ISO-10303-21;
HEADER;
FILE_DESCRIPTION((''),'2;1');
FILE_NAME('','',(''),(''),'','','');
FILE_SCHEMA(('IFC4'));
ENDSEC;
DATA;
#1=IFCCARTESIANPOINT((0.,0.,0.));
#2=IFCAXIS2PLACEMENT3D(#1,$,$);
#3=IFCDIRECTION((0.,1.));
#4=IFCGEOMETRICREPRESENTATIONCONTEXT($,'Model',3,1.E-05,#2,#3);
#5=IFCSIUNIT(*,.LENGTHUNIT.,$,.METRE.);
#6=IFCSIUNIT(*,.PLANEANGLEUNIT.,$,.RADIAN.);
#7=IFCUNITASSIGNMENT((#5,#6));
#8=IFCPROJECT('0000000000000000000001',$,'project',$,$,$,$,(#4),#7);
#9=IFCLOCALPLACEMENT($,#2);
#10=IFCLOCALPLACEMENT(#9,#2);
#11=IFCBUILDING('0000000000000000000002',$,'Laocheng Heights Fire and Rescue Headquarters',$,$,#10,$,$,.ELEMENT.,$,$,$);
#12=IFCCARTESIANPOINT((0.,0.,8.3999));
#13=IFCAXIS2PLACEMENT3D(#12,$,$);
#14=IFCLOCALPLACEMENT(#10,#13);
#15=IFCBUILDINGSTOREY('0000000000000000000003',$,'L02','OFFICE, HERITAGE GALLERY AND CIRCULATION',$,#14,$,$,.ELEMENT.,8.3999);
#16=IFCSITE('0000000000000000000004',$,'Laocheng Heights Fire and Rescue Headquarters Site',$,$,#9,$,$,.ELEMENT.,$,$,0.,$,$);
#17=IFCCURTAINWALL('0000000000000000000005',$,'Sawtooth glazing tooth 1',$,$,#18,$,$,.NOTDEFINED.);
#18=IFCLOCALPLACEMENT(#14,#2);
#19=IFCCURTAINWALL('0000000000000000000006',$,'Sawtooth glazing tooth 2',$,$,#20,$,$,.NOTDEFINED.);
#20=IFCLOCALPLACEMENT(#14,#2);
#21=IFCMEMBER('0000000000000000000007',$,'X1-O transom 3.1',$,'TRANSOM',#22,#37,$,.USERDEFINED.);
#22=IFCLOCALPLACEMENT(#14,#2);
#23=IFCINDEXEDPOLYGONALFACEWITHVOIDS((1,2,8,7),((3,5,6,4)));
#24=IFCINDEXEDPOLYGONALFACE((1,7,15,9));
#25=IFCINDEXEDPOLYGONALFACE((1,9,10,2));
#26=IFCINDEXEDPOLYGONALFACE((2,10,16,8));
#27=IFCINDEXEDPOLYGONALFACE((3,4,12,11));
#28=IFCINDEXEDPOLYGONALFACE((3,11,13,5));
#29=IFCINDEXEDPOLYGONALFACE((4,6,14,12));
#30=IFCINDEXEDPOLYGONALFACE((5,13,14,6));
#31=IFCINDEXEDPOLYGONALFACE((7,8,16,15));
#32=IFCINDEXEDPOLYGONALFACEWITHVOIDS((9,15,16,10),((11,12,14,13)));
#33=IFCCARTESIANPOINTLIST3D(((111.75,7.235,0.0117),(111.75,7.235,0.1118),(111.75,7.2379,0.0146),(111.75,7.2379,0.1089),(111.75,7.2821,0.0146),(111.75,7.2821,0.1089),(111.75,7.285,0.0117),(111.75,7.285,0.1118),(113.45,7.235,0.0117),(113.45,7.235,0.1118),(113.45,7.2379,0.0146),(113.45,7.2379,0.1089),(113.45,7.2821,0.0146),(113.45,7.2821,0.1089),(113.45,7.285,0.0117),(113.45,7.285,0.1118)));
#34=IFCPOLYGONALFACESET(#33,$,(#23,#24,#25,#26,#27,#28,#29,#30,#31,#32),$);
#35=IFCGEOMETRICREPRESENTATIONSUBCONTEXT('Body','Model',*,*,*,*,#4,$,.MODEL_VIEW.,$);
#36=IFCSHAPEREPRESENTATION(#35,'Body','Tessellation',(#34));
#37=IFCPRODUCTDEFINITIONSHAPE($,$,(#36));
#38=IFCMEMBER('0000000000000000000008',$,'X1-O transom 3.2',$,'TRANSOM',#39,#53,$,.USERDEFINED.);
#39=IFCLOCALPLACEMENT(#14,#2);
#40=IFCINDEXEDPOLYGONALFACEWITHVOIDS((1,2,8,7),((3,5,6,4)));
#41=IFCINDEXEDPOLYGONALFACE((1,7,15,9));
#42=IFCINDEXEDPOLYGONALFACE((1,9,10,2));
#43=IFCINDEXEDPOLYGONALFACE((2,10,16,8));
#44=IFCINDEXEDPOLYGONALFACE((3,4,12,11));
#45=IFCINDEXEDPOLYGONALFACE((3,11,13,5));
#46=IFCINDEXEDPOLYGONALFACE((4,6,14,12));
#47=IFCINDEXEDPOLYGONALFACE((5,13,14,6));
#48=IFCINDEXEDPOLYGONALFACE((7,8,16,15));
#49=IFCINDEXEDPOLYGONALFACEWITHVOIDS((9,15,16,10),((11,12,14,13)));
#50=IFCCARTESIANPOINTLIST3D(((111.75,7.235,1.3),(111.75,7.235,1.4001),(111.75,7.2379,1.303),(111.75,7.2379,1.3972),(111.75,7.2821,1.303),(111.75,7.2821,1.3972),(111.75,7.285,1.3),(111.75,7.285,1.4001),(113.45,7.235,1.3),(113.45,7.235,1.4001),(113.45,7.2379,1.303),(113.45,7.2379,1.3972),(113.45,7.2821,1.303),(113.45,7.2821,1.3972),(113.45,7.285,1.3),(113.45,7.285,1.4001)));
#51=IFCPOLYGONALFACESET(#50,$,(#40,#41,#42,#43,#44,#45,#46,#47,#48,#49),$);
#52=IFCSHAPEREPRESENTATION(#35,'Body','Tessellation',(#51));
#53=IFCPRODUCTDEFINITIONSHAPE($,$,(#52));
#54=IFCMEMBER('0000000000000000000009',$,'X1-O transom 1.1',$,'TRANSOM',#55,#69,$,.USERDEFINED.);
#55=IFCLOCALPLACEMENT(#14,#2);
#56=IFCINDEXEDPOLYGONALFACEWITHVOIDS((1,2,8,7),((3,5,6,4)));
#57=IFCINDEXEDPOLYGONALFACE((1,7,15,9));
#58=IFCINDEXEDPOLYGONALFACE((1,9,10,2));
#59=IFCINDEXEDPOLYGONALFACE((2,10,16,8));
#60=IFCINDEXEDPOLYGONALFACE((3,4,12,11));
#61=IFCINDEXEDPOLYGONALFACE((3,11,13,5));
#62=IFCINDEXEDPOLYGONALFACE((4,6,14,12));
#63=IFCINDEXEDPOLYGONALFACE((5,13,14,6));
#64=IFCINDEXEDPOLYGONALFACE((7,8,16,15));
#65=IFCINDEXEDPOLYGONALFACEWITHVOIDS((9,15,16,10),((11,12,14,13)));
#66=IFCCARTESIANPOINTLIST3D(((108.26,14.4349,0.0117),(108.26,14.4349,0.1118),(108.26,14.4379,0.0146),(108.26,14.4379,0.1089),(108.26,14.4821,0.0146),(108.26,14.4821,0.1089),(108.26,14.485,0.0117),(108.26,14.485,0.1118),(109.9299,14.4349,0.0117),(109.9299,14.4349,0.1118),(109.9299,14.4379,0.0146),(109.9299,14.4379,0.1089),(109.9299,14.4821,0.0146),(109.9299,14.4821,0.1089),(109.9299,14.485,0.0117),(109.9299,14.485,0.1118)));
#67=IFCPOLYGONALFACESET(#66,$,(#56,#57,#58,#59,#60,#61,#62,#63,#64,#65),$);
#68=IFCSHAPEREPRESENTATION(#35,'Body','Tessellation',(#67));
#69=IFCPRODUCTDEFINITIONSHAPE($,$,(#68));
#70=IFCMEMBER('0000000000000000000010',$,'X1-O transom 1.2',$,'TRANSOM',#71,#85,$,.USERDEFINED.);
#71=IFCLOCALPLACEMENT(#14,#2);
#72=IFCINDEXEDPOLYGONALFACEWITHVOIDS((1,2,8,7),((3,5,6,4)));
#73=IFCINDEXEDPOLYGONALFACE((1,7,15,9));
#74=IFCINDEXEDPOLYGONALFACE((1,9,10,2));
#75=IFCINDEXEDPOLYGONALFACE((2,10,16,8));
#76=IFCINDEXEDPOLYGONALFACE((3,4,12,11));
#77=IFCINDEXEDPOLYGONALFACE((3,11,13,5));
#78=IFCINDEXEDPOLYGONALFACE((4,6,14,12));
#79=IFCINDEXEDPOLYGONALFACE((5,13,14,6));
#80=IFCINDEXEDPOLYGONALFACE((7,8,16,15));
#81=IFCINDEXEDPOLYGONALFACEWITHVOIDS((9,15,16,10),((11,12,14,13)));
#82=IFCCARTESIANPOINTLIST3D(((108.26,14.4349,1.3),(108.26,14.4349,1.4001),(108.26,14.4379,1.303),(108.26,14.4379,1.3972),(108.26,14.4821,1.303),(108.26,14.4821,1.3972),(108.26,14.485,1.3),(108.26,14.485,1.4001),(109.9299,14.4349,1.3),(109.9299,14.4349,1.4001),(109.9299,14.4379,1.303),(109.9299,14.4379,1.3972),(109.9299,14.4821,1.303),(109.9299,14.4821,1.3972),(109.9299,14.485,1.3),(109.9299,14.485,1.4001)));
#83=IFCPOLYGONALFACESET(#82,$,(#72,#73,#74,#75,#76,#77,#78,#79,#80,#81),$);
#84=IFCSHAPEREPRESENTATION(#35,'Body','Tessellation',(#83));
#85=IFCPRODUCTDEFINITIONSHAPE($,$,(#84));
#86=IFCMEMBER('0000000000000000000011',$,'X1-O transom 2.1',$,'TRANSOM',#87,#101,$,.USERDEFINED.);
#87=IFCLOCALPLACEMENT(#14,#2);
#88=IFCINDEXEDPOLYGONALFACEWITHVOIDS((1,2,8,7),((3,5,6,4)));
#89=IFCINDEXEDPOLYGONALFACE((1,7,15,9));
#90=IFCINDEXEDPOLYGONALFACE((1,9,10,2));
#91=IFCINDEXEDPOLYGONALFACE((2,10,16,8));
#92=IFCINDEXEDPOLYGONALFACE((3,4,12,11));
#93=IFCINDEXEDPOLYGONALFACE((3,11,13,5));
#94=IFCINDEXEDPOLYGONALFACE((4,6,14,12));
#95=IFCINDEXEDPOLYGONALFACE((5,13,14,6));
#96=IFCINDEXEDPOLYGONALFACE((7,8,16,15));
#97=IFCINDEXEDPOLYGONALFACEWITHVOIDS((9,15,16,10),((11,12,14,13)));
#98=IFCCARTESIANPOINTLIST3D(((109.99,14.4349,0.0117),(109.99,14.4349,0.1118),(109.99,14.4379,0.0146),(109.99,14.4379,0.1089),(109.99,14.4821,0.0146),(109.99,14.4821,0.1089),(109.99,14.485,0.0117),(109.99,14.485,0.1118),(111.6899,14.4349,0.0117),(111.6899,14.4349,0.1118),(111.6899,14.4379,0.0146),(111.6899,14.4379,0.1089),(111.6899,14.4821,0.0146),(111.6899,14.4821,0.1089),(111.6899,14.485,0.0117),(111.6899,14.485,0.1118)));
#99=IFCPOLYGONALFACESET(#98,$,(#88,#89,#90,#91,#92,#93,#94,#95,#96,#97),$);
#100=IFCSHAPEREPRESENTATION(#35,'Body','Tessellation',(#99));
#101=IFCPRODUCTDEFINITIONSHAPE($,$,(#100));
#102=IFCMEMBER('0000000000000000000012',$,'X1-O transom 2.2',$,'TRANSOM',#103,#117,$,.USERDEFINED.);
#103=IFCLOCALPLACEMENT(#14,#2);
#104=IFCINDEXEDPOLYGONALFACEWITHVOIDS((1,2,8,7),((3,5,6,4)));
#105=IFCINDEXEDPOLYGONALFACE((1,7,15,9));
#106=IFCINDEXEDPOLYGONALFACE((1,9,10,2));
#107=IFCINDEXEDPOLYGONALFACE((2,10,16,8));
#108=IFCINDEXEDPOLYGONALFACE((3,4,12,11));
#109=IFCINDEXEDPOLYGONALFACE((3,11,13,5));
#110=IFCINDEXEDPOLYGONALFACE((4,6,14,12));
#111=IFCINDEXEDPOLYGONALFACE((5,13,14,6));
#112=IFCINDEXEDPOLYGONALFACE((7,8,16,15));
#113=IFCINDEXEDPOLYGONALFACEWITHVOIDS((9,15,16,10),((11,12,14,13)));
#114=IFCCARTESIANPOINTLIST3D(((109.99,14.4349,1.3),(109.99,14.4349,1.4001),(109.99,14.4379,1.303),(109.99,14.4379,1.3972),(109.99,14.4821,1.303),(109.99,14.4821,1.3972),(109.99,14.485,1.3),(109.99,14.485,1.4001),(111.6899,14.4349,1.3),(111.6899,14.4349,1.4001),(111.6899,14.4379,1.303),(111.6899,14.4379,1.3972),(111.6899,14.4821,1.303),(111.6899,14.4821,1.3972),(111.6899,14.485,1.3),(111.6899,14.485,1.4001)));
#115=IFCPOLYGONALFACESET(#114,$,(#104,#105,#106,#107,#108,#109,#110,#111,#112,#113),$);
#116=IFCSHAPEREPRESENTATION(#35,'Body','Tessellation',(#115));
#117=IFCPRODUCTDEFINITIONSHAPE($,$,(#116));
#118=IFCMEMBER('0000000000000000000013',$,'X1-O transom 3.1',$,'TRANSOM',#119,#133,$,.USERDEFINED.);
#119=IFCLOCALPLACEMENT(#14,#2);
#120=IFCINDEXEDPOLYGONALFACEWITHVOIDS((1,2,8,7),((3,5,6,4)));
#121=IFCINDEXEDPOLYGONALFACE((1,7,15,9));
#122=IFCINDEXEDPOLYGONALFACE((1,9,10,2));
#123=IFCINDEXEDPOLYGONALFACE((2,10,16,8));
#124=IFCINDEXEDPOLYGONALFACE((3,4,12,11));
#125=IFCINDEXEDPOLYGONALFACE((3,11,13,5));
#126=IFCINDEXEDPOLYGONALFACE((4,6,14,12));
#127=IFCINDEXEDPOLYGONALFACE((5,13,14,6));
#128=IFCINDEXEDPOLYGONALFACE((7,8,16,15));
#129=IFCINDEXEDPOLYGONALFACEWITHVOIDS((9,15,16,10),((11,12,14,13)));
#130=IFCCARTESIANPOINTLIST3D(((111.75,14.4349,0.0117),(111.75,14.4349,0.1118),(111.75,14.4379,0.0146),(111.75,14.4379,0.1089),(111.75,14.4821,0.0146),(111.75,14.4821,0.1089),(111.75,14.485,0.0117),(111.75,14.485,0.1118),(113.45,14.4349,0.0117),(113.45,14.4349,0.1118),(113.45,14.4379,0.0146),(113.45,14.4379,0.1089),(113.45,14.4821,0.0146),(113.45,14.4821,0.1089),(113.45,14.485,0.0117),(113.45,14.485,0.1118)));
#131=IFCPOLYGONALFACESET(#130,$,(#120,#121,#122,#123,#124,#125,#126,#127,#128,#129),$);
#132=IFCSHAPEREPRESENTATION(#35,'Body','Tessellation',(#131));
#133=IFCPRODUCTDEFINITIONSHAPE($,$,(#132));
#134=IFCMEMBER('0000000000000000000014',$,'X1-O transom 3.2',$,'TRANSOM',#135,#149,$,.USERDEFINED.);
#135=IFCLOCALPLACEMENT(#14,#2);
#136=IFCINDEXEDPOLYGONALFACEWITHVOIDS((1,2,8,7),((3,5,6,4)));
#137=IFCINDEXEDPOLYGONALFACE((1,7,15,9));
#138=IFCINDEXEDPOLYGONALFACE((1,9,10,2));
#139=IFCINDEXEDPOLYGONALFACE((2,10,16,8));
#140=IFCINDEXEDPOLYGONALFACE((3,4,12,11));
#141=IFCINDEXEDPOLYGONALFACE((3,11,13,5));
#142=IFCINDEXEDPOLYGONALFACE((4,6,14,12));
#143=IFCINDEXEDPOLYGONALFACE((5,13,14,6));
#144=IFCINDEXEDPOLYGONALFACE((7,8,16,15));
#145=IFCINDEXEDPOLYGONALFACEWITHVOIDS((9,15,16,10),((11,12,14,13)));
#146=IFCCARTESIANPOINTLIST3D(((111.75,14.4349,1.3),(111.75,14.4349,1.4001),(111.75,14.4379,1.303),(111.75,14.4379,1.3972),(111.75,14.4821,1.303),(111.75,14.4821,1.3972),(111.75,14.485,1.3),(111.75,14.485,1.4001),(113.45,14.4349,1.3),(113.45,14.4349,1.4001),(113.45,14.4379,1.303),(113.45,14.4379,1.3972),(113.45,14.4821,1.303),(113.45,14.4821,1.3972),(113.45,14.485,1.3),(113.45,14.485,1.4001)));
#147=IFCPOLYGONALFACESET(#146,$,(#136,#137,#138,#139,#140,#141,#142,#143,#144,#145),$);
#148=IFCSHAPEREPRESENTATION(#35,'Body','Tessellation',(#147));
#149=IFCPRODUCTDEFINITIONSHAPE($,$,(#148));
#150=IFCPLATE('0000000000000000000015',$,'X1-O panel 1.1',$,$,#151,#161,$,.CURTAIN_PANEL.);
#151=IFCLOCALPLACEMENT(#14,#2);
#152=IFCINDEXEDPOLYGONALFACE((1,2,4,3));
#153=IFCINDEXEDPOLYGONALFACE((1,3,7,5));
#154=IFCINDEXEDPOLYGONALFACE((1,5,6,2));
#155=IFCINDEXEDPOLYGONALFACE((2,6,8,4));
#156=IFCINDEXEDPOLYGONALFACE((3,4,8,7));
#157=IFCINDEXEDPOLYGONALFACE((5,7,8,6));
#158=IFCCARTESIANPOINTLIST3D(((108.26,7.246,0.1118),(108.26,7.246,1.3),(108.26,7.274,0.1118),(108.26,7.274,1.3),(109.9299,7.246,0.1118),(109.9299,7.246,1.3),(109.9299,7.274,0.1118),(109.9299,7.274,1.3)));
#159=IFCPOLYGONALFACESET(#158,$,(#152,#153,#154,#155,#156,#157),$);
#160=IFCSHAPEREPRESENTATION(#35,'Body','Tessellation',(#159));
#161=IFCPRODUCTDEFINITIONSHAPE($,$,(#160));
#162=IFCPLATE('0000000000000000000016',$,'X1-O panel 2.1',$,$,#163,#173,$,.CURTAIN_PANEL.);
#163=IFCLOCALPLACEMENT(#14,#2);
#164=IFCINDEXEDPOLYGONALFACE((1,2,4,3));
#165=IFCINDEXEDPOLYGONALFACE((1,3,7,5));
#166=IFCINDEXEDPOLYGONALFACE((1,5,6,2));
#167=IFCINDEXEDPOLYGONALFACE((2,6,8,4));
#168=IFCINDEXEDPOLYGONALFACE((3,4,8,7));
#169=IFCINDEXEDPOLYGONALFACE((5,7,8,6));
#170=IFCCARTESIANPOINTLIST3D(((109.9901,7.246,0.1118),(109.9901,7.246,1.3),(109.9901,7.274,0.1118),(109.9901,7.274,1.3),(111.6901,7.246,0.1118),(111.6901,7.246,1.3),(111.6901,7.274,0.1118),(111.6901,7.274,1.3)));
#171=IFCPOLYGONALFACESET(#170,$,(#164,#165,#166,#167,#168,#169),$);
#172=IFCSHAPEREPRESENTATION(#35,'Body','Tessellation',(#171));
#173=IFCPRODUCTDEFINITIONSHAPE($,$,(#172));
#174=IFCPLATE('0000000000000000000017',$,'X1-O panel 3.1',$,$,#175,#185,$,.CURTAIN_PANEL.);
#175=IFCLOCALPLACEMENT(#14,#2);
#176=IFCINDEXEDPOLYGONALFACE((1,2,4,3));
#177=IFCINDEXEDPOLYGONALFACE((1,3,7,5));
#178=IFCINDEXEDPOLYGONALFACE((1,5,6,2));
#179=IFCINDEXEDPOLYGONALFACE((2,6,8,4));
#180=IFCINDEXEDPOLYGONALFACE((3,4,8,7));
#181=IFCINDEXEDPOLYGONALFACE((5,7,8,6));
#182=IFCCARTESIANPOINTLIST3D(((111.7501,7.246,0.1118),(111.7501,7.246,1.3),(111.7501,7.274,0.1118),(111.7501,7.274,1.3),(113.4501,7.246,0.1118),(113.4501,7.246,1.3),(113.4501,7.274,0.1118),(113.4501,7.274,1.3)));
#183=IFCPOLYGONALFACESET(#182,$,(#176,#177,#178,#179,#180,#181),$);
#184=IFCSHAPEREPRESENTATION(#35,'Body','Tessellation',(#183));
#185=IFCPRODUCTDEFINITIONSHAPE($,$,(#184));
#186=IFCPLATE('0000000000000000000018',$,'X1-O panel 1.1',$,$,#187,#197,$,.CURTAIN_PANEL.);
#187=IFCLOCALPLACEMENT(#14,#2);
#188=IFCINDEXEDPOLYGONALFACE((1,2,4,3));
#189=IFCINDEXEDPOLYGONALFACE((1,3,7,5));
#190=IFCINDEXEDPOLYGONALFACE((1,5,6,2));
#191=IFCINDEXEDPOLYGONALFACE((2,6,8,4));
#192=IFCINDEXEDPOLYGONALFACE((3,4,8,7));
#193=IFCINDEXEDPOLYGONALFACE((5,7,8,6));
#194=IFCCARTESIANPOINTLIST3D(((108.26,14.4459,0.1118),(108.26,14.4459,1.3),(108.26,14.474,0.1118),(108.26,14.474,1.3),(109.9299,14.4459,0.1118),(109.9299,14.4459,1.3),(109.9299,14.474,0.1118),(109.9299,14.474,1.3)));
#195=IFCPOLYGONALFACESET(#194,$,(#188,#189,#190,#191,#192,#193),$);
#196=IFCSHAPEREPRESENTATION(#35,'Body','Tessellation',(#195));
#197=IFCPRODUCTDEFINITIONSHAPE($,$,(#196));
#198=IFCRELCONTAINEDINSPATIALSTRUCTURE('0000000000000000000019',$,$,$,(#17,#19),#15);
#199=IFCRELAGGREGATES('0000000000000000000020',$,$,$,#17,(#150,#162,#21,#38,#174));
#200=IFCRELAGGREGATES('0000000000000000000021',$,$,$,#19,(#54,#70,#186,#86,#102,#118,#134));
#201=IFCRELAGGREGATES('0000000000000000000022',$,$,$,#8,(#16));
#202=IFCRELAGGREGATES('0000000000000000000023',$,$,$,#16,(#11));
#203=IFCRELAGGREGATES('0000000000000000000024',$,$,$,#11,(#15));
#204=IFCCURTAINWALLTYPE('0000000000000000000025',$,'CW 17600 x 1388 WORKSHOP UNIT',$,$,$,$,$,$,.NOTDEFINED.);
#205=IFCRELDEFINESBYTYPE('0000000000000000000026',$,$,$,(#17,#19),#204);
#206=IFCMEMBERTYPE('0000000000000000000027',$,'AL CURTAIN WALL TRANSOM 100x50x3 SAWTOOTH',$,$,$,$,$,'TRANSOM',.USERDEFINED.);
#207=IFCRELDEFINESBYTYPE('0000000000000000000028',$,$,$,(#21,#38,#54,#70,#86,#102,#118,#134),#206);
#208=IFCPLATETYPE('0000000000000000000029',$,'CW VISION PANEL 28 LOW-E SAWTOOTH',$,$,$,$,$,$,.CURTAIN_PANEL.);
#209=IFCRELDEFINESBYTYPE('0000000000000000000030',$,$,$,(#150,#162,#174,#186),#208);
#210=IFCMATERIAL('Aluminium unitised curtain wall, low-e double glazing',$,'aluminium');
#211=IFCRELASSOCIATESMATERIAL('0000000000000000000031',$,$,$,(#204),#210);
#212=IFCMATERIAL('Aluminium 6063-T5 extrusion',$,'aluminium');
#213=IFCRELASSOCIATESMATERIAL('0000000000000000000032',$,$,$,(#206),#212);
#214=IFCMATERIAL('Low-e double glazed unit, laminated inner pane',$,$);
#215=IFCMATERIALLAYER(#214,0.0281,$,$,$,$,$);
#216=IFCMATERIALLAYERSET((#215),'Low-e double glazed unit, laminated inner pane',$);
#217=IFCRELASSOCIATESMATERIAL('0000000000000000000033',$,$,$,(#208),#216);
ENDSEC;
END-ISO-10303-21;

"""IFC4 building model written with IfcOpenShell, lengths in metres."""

from ifc_helpers import new_model, si_unit, direction, frame, origin, origin_2d, place, context, subcontext, project, spatial, rectangle, hollow_rectangle, extrude, material, layer, layer_set, material_profile, profile_set, type_object, element, aggregate, save


model = new_model("IFC4")

# Units and contexts
model_context = context("Model", 3, precision=1e-05, world=origin(), true_north=direction((0.0, 1.0)))
body_context = subcontext(model_context, "Body", "Model", "MODEL_VIEW")
ifc_project = project(units=[si_unit("LENGTHUNIT", "METRE"), si_unit("PLANEANGLEUNIT", "RADIAN")], contexts=[model_context])

# Site, building, storey
site_placement = place(None, origin())
site = spatial("IfcSite", under=ifc_project, at=site_placement, Name="Laocheng Heights Fire and Rescue Headquarters Site", CompositionType="ELEMENT", RefElevation=0.0)
building_placement = place(site_placement, origin())
building = spatial("IfcBuilding", under=site, at=building_placement, Name="Laocheng Heights Fire and Rescue Headquarters", CompositionType="ELEMENT")
storey_placement = place(building_placement, frame((0.0, 0.0, 8.3999)))
storey = spatial("IfcBuildingStorey", under=building, at=storey_placement, Name="L02", Description="OFFICE, HERITAGE GALLERY AND CIRCULATION", CompositionType="ELEMENT", Elevation=8.3999)

# Curtain walls
ifc_material_1 = material(Name="Aluminium unitised curtain wall, low-e double glazing", Category="aluminium")
curtain_wall_type = type_object("IfcCurtainWallType", Name="CW 17600 x 1388 WORKSHOP UNIT", PredefinedType="NOTDEFINED", material=ifc_material_1)
curtain_wall_1_placement = place(storey_placement, origin())
curtain_wall_1 = element("IfcCurtainWall", 1, at=curtain_wall_1_placement, inside=storey, type_object=curtain_wall_type, Name="Sawtooth glazing tooth 1", PredefinedType="NOTDEFINED")
curtain_wall_2_placement = place(storey_placement, origin())
curtain_wall_2 = element("IfcCurtainWall", 2, at=curtain_wall_2_placement, inside=storey, type_object=curtain_wall_type, Name="Sawtooth glazing tooth 2", PredefinedType="NOTDEFINED")

# Members
ifc_material_2 = material(Name="Aluminium 6063-T5 extrusion", Category="aluminium")
ifc_material_profile_1 = material_profile(ifc_material_2, hollow_rectangle(XDim=0.05, YDim=0.1001, WallThickness=0.0029, at=origin_2d()), Name="AL TRANSOM 100x50x3")
ifc_profile_set_1 = profile_set([ifc_material_profile_1], Name="Aluminium 6063-T5 extrusion")
member_type_1 = type_object("IfcMemberType", Name="AL CURTAIN WALL TRANSOM 100x50x3 SAWTOOTH", ElementType="TRANSOM", PredefinedType="USERDEFINED", material=ifc_profile_set_1)
member_1_placement = place(storey_placement, frame((111.75, 7.26, 0.0618), z_axis=(1.0, 0.0, 0.0), x_axis=(0.0, 1.0, 0.0)))
member_1 = element("IfcMember", 3, at=member_1_placement, type_object=member_type_1, Name="X1-O transom 3.1", ObjectType="TRANSOM", PredefinedType="USERDEFINED", context=body_context, shape_type="SweptSolid", body=[
    extrude(hollow_rectangle(XDim=0.05, YDim=0.1001, WallThickness=0.0029, at=origin_2d()), origin(), (0.0, 0.0, 1.0), 1.7),
])
member_2_placement = place(storey_placement, frame((111.75, 7.26, 1.3501), z_axis=(1.0, 0.0, 0.0), x_axis=(0.0, 1.0, 0.0)))
member_2 = element("IfcMember", 4, at=member_2_placement, type_object=member_type_1, Name="X1-O transom 3.2", ObjectType="TRANSOM", PredefinedType="USERDEFINED", context=body_context, shape_type="SweptSolid", body=[
    extrude(hollow_rectangle(XDim=0.05, YDim=0.1001, WallThickness=0.0029, at=origin_2d()), origin(), (0.0, 0.0, 1.0), 1.7),
])
member_3_placement = place(storey_placement, frame((108.26, 14.46, 0.0618), z_axis=(1.0, 0.0, 0.0), x_axis=(0.0, 1.0, 0.0)))
member_3 = element("IfcMember", 5, at=member_3_placement, type_object=member_type_1, Name="X1-O transom 1.1", ObjectType="TRANSOM", PredefinedType="USERDEFINED", context=body_context, shape_type="SweptSolid", body=[
    extrude(hollow_rectangle(XDim=0.05, YDim=0.1001, WallThickness=0.0029, at=origin_2d()), origin(), (0.0, 0.0, 1.0), 1.6699),
])
member_4_placement = place(storey_placement, frame((108.26, 14.46, 1.3501), z_axis=(1.0, 0.0, 0.0), x_axis=(0.0, 1.0, 0.0)))
member_4 = element("IfcMember", 6, at=member_4_placement, type_object=member_type_1, Name="X1-O transom 1.2", ObjectType="TRANSOM", PredefinedType="USERDEFINED", context=body_context, shape_type="SweptSolid", body=[
    extrude(hollow_rectangle(XDim=0.05, YDim=0.1001, WallThickness=0.0029, at=origin_2d()), origin(), (0.0, 0.0, 1.0), 1.6699),
])
member_5_placement = place(storey_placement, frame((109.99, 14.46, 0.0618), z_axis=(1.0, 0.0, 0.0), x_axis=(0.0, 1.0, 0.0)))
member_5 = element("IfcMember", 7, at=member_5_placement, type_object=member_type_1, Name="X1-O transom 2.1", ObjectType="TRANSOM", PredefinedType="USERDEFINED", context=body_context, shape_type="SweptSolid", body=[
    extrude(hollow_rectangle(XDim=0.05, YDim=0.1001, WallThickness=0.0029, at=origin_2d()), origin(), (0.0, 0.0, 1.0), 1.7),
])
member_6_placement = place(storey_placement, frame((109.99, 14.46, 1.3501), z_axis=(1.0, 0.0, 0.0), x_axis=(0.0, 1.0, 0.0)))
member_6 = element("IfcMember", 8, at=member_6_placement, type_object=member_type_1, Name="X1-O transom 2.2", ObjectType="TRANSOM", PredefinedType="USERDEFINED", context=body_context, shape_type="SweptSolid", body=[
    extrude(hollow_rectangle(XDim=0.05, YDim=0.1001, WallThickness=0.0029, at=origin_2d()), origin(), (0.0, 0.0, 1.0), 1.7),
])
member_7_placement = place(storey_placement, frame((111.75, 14.46, 0.0618), z_axis=(1.0, 0.0, 0.0), x_axis=(0.0, 1.0, 0.0)))
member_7 = element("IfcMember", 9, at=member_7_placement, type_object=member_type_1, Name="X1-O transom 3.1", ObjectType="TRANSOM", PredefinedType="USERDEFINED", context=body_context, shape_type="SweptSolid", body=[
    extrude(hollow_rectangle(XDim=0.05, YDim=0.1001, WallThickness=0.0029, at=origin_2d()), origin(), (0.0, 0.0, 1.0), 1.7),
])
member_8_placement = place(storey_placement, frame((111.75, 14.46, 1.3501), z_axis=(1.0, 0.0, 0.0), x_axis=(0.0, 1.0, 0.0)))
member_8 = element("IfcMember", 10, at=member_8_placement, type_object=member_type_1, Name="X1-O transom 3.2", ObjectType="TRANSOM", PredefinedType="USERDEFINED", context=body_context, shape_type="SweptSolid", body=[
    extrude(hollow_rectangle(XDim=0.05, YDim=0.1001, WallThickness=0.0029, at=origin_2d()), origin(), (0.0, 0.0, 1.0), 1.7),
])

# Plates
ifc_material_3 = material(Name="Low-e double glazed unit, laminated inner pane")
ifc_layer_1 = layer(ifc_material_3, 0.0281)
ifc_layer_set_1 = layer_set([ifc_layer_1], Name="Low-e double glazed unit, laminated inner pane")
plate_type = type_object("IfcPlateType", Name="CW VISION PANEL 28 LOW-E SAWTOOTH", PredefinedType="CURTAIN_PANEL", material=ifc_layer_set_1)
plate_1_placement = place(storey_placement, frame((109.095, 7.26, 0.1118), z_axis=(0.0, 0.0, 1.0), x_axis=(1.0, 0.0, 0.0)))
plate_1 = element("IfcPlate", 11, at=plate_1_placement, type_object=plate_type, Name="X1-O panel 1.1", PredefinedType="CURTAIN_PANEL", context=body_context, shape_type="SweptSolid", body=[
    extrude(rectangle(XDim=1.6699, YDim=0.0281, at=origin_2d()), origin(), (0.0, 0.0, 1.0), 1.1882),
])
plate_2_placement = place(storey_placement, frame((110.8401, 7.26, 0.1118), z_axis=(0.0, 0.0, 1.0), x_axis=(1.0, 0.0, 0.0)))
plate_2 = element("IfcPlate", 12, at=plate_2_placement, type_object=plate_type, Name="X1-O panel 2.1", PredefinedType="CURTAIN_PANEL", context=body_context, shape_type="SweptSolid", body=[
    extrude(rectangle(XDim=1.7, YDim=0.0281, at=origin_2d()), origin(), (0.0, 0.0, 1.0), 1.1882),
])
plate_3_placement = place(storey_placement, frame((112.6001, 7.26, 0.1118), z_axis=(0.0, 0.0, 1.0), x_axis=(1.0, 0.0, 0.0)))
plate_3 = element("IfcPlate", 13, at=plate_3_placement, type_object=plate_type, Name="X1-O panel 3.1", PredefinedType="CURTAIN_PANEL", context=body_context, shape_type="SweptSolid", body=[
    extrude(rectangle(XDim=1.7, YDim=0.0281, at=origin_2d()), origin(), (0.0, 0.0, 1.0), 1.1882),
])
aggregate(curtain_wall_1, [plate_1, plate_2, member_1, member_2, plate_3])
plate_4_placement = place(storey_placement, frame((109.095, 14.46, 0.1118), z_axis=(0.0, 0.0, 1.0), x_axis=(1.0, 0.0, 0.0)))
plate_4 = element("IfcPlate", 14, at=plate_4_placement, type_object=plate_type, Name="X1-O panel 1.1", PredefinedType="CURTAIN_PANEL", context=body_context, shape_type="SweptSolid", body=[
    extrude(rectangle(XDim=1.6699, YDim=0.0281, at=origin_2d()), origin(), (0.0, 0.0, 1.0), 1.1882),
])
aggregate(curtain_wall_2, [member_3, member_4, plate_4, member_5, member_6, member_7, member_8])

save(model, "model.ifc")
